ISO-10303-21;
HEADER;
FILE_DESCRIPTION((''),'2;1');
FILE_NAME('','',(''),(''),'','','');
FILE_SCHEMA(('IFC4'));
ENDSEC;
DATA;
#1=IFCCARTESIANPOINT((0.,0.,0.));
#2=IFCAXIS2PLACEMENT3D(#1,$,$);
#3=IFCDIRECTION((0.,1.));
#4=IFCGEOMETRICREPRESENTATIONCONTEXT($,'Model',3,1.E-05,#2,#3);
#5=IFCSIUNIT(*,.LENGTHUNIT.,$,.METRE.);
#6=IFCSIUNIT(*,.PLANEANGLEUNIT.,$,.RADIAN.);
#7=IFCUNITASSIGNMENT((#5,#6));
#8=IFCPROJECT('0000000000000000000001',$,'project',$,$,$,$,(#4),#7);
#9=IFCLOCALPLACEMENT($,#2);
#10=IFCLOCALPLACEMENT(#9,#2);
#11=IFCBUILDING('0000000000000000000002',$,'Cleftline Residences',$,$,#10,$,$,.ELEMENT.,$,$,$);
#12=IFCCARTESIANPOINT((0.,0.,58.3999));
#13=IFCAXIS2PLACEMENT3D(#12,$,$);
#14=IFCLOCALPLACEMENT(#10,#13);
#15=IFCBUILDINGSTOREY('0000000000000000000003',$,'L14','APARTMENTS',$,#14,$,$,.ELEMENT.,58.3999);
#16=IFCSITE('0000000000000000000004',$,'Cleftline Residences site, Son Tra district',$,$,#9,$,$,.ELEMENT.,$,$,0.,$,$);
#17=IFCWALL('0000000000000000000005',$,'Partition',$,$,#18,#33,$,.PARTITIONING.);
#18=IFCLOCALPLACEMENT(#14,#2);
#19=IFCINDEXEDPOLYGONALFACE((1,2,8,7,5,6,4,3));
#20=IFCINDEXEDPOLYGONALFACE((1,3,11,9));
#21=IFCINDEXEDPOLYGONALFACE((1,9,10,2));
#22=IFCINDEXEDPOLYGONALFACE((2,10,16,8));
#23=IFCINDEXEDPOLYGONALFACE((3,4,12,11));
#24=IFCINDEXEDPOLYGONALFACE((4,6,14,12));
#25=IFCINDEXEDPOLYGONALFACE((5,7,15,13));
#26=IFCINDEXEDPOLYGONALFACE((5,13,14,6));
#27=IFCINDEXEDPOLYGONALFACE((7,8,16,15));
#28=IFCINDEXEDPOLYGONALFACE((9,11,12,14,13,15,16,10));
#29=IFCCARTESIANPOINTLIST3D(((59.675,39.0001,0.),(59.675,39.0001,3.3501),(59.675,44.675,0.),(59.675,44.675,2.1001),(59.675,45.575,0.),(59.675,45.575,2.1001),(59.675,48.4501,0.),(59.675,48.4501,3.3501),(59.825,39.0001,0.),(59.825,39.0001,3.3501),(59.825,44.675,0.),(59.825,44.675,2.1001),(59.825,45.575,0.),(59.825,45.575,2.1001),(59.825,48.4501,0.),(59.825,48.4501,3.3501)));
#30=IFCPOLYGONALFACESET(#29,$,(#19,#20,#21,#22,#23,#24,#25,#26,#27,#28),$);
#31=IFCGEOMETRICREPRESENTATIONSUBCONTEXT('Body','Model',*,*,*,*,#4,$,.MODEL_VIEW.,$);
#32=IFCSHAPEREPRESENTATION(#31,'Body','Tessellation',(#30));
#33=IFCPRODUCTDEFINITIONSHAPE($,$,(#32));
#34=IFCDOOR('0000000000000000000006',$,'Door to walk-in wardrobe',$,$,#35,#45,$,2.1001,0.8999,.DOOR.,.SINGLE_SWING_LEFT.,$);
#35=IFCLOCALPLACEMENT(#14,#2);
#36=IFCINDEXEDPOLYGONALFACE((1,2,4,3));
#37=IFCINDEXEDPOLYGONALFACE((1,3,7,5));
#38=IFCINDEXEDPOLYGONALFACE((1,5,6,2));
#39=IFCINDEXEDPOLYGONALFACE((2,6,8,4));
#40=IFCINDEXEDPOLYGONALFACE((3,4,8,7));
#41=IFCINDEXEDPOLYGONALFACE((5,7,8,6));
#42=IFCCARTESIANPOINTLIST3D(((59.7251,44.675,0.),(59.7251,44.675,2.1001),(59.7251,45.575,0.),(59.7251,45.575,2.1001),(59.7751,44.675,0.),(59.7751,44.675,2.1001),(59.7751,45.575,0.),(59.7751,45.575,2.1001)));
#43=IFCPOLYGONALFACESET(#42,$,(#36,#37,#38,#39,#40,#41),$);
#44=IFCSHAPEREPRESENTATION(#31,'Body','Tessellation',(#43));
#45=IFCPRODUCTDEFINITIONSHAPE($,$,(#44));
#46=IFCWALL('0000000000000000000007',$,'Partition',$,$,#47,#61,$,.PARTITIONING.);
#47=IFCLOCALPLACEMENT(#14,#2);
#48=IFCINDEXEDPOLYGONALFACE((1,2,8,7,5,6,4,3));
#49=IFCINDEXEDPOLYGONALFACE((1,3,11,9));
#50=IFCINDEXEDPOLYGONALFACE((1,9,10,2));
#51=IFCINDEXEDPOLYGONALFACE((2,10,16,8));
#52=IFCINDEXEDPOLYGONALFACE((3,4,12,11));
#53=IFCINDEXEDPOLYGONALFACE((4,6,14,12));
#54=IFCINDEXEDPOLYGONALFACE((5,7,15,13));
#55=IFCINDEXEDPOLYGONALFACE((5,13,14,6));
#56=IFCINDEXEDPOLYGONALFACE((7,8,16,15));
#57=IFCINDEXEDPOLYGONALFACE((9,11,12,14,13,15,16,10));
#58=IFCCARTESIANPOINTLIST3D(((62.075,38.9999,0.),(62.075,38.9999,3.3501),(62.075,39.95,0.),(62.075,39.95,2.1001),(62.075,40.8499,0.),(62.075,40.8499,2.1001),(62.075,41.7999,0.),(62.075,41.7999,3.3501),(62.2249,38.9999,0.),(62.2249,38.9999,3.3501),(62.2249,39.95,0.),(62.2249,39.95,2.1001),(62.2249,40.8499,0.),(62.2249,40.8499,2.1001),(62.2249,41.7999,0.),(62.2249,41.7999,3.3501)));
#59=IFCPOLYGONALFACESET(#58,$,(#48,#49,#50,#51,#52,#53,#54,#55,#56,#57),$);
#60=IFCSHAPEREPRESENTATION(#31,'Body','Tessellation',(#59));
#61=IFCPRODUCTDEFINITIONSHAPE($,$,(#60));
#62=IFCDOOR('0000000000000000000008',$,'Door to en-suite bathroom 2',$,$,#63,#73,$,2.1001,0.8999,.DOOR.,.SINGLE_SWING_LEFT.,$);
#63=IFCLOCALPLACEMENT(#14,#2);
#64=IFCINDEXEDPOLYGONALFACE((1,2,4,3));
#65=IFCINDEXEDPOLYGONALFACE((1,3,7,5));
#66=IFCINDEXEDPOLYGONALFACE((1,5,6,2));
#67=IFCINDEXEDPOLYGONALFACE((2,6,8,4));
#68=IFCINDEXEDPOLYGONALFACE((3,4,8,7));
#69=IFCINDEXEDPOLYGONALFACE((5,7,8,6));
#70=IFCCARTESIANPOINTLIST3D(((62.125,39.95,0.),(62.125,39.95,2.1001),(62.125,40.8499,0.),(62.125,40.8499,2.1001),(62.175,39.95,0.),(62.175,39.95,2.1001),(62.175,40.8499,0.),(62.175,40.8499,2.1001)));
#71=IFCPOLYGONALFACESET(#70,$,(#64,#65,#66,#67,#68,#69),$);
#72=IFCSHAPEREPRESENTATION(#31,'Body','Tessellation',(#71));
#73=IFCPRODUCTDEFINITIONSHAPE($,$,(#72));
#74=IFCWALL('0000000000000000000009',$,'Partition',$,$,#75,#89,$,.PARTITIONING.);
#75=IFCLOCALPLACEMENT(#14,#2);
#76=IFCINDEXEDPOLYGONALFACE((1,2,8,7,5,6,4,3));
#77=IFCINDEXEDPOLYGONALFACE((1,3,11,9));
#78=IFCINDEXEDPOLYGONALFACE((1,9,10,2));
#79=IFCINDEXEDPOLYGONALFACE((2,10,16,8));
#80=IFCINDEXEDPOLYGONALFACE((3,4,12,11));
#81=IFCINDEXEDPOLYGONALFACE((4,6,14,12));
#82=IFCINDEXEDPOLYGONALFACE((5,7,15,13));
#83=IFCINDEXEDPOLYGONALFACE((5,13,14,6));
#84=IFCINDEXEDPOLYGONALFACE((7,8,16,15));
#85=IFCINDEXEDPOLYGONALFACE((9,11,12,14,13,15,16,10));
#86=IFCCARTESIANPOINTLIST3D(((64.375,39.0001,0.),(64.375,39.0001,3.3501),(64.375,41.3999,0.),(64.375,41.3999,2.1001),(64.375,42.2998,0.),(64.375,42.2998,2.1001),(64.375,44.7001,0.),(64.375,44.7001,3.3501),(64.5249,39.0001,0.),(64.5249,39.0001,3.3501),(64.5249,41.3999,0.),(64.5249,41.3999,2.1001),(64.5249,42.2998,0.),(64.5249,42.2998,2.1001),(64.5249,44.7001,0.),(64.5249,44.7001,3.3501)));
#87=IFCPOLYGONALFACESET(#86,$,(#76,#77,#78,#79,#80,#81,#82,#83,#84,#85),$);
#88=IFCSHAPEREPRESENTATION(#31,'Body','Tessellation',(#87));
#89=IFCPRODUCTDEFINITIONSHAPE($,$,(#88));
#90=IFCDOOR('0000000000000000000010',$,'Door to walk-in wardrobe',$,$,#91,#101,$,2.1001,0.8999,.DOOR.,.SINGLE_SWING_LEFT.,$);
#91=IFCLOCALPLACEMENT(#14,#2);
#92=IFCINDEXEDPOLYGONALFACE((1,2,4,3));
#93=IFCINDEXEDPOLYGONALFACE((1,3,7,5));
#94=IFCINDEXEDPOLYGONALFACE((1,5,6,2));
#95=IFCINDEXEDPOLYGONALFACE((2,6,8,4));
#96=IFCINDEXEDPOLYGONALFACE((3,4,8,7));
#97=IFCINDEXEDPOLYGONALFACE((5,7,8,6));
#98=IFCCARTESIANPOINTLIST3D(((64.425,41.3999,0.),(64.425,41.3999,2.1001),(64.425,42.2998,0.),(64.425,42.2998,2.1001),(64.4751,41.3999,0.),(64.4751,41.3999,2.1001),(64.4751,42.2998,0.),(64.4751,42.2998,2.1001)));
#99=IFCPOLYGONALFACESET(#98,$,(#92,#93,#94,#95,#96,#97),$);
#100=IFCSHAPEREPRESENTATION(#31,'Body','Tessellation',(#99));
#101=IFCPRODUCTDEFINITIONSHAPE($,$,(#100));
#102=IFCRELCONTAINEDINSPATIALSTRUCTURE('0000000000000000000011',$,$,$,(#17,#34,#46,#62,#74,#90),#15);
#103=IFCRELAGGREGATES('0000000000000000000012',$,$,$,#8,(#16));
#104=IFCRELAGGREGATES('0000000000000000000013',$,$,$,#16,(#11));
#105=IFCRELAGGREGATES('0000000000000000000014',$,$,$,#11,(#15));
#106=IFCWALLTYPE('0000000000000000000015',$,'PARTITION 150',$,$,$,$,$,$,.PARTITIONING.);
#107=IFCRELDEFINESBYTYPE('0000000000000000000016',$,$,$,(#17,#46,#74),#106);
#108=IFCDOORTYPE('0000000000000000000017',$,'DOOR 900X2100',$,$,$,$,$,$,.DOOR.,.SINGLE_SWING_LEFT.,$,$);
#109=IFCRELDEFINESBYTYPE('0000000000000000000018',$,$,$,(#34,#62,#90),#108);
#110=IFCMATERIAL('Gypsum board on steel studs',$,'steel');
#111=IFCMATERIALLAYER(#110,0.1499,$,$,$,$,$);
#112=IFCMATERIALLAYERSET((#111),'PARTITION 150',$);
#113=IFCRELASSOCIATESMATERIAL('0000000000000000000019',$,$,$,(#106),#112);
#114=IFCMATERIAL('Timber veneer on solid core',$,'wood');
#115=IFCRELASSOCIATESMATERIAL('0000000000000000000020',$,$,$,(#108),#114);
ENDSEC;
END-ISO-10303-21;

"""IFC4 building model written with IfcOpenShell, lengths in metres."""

from ifc_helpers import new_model, si_unit, direction, frame, frame_2d, origin, place, context, subcontext, project, spatial, rectangle, extrude, material, layer, layer_set, type_object, element, fill, save


model = new_model("IFC4")

# Units and contexts
model_context = context("Model", 3, precision=1e-05, world=origin(), true_north=direction((0.0, 1.0)))
body_context = subcontext(model_context, "Body", "Model", "MODEL_VIEW")
ifc_project = project(units=[si_unit("LENGTHUNIT", "METRE"), si_unit("PLANEANGLEUNIT", "RADIAN")], contexts=[model_context])

# Site, building, storey
site_placement = place(None, origin())
site = spatial("IfcSite", under=ifc_project, at=site_placement, Name="Cleftline Residences site, Son Tra district", CompositionType="ELEMENT", RefElevation=0.0)
building_placement = place(site_placement, origin())
building = spatial("IfcBuilding", under=site, at=building_placement, Name="Cleftline Residences", CompositionType="ELEMENT")
storey_placement = place(building_placement, frame((0.0, 0.0, 58.3999)))
storey = spatial("IfcBuildingStorey", under=building, at=storey_placement, Name="L14", Description="APARTMENTS", CompositionType="ELEMENT", Elevation=58.3999)

# Shared definitions
ifc_material_1 = material(Name="Gypsum board on steel studs", Category="steel")
ifc_layer = layer(ifc_material_1, 0.1499)
ifc_layer_set = layer_set([ifc_layer], Name="PARTITION 150")
wall_type = type_object("IfcWallType", Name="PARTITION 150", PredefinedType="PARTITIONING", material=ifc_layer_set)
ifc_material_2 = material(Name="Timber veneer on solid core", Category="wood")
door_type_1 = type_object("IfcDoorType", Name="DOOR 900X2100", OperationType="SINGLE_SWING_LEFT", PredefinedType="DOOR", material=ifc_material_2)

# Walls, openings, doors
wall_1_placement = place(storey_placement, frame((59.75, 39.0, 0.0), z_axis=(0.0, 0.0, 1.0), x_axis=(0.0, 1.0, 0.0)))
wall_1 = element("IfcWall", 1, at=wall_1_placement, inside=storey, type_object=wall_type, Name="Partition", PredefinedType="PARTITIONING", context=body_context, shape_type="SweptSolid", body=[
    extrude(rectangle(XDim=9.45, YDim=0.1499, at=frame_2d((4.7251, 0.0))), origin(), (0.0, 0.0, 1.0), 3.3501),
])
opening_1_placement = place(wall_1_placement, frame((5.675, 0.0, 0.0)))
opening_1 = element("IfcOpeningElement", 2, at=opening_1_placement, cuts=wall_1, PredefinedType="OPENING", context=body_context, shape_type="SweptSolid", body=[
    extrude(rectangle(XDim=0.8999, YDim=2.1001, at=frame_2d((0.45, 1.05))), frame((0.0, 0.085, 0.0), z_axis=(0.0, -1.0, 0.0), x_axis=(1.0, 0.0, 0.0)), (0.0, 0.0, 1.0), 0.1699),
])
door_1_placement = place(opening_1_placement, origin())
door_1 = element("IfcDoor", 3, at=door_1_placement, inside=storey, type_object=door_type_1, Name="Door to walk-in wardrobe", OperationType="SINGLE_SWING_LEFT", OverallHeight=2.1001, OverallWidth=0.8999, PredefinedType="DOOR", context=body_context, shape_type="SweptSolid", body=[
    extrude(rectangle(XDim=0.8999, YDim=2.1001, at=frame_2d((0.45, 1.05))), frame((0.0, 0.0249, 0.0), z_axis=(0.0, -1.0, 0.0), x_axis=(1.0, 0.0, 0.0)), (0.0, 0.0, 1.0), 0.05),
])
fill(opening_1, door_1)
wall_2_placement = place(storey_placement, frame((62.1499, 39.0, 0.0), z_axis=(0.0, 0.0, 1.0), x_axis=(0.0, 1.0, 0.0)))
wall_2 = element("IfcWall", 4, at=wall_2_placement, inside=storey, type_object=wall_type, Name="Partition", PredefinedType="PARTITIONING", context=body_context, shape_type="SweptSolid", body=[
    extrude(rectangle(XDim=2.8, YDim=0.1499, at=frame_2d((1.3999, 0.0))), origin(), (0.0, 0.0, 1.0), 3.3501),
])
opening_2_placement = place(wall_2_placement, frame((0.95, 0.0, 0.0)))
opening_2 = element("IfcOpeningElement", 5, at=opening_2_placement, cuts=wall_2, PredefinedType="OPENING", context=body_context, shape_type="SweptSolid", body=[
    extrude(rectangle(XDim=0.8999, YDim=2.1001, at=frame_2d((0.45, 1.05))), frame((0.0, 0.085, 0.0), z_axis=(0.0, -1.0, 0.0), x_axis=(1.0, 0.0, 0.0)), (0.0, 0.0, 1.0), 0.1699),
])
door_2_placement = place(opening_2_placement, origin())
door_2 = element("IfcDoor", 6, at=door_2_placement, inside=storey, type_object=door_type_1, Name="Door to en-suite bathroom 2", OperationType="SINGLE_SWING_LEFT", OverallHeight=2.1001, OverallWidth=0.8999, PredefinedType="DOOR", context=body_context, shape_type="SweptSolid", body=[
    extrude(rectangle(XDim=0.8999, YDim=2.1001, at=frame_2d((0.45, 1.05))), frame((0.0, 0.0249, 0.0), z_axis=(0.0, -1.0, 0.0), x_axis=(1.0, 0.0, 0.0)), (0.0, 0.0, 1.0), 0.05),
])
fill(opening_2, door_2)
wall_3_placement = place(storey_placement, frame((64.45, 39.0, 0.0), z_axis=(0.0, 0.0, 1.0), x_axis=(0.0, 1.0, 0.0)))
wall_3 = element("IfcWall", 7, at=wall_3_placement, inside=storey, type_object=wall_type, Name="Partition", PredefinedType="PARTITIONING", context=body_context, shape_type="SweptSolid", body=[
    extrude(rectangle(XDim=5.7, YDim=0.1499, at=frame_2d((2.8501, 0.0))), origin(), (0.0, 0.0, 1.0), 3.3501),
])
opening_3_placement = place(wall_3_placement, frame((2.3999, 0.0, 0.0)))
opening_3 = element("IfcOpeningElement", 8, at=opening_3_placement, cuts=wall_3, PredefinedType="OPENING", context=body_context, shape_type="SweptSolid", body=[
    extrude(rectangle(XDim=0.8999, YDim=2.1001, at=frame_2d((0.45, 1.05))), frame((0.0, 0.085, 0.0), z_axis=(0.0, -1.0, 0.0), x_axis=(1.0, 0.0, 0.0)), (0.0, 0.0, 1.0), 0.1699),
])
door_3_placement = place(opening_3_placement, origin())
door_3 = element("IfcDoor", 9, at=door_3_placement, inside=storey, type_object=door_type_1, Name="Door to walk-in wardrobe", OperationType="SINGLE_SWING_LEFT", OverallHeight=2.1001, OverallWidth=0.8999, PredefinedType="DOOR", context=body_context, shape_type="SweptSolid", body=[
    extrude(rectangle(XDim=0.8999, YDim=2.1001, at=frame_2d((0.45, 1.05))), frame((0.0, 0.0249, 0.0), z_axis=(0.0, -1.0, 0.0), x_axis=(1.0, 0.0, 0.0)), (0.0, 0.0, 1.0), 0.05),
])
fill(opening_3, door_3)

save(model, "model.ifc")
